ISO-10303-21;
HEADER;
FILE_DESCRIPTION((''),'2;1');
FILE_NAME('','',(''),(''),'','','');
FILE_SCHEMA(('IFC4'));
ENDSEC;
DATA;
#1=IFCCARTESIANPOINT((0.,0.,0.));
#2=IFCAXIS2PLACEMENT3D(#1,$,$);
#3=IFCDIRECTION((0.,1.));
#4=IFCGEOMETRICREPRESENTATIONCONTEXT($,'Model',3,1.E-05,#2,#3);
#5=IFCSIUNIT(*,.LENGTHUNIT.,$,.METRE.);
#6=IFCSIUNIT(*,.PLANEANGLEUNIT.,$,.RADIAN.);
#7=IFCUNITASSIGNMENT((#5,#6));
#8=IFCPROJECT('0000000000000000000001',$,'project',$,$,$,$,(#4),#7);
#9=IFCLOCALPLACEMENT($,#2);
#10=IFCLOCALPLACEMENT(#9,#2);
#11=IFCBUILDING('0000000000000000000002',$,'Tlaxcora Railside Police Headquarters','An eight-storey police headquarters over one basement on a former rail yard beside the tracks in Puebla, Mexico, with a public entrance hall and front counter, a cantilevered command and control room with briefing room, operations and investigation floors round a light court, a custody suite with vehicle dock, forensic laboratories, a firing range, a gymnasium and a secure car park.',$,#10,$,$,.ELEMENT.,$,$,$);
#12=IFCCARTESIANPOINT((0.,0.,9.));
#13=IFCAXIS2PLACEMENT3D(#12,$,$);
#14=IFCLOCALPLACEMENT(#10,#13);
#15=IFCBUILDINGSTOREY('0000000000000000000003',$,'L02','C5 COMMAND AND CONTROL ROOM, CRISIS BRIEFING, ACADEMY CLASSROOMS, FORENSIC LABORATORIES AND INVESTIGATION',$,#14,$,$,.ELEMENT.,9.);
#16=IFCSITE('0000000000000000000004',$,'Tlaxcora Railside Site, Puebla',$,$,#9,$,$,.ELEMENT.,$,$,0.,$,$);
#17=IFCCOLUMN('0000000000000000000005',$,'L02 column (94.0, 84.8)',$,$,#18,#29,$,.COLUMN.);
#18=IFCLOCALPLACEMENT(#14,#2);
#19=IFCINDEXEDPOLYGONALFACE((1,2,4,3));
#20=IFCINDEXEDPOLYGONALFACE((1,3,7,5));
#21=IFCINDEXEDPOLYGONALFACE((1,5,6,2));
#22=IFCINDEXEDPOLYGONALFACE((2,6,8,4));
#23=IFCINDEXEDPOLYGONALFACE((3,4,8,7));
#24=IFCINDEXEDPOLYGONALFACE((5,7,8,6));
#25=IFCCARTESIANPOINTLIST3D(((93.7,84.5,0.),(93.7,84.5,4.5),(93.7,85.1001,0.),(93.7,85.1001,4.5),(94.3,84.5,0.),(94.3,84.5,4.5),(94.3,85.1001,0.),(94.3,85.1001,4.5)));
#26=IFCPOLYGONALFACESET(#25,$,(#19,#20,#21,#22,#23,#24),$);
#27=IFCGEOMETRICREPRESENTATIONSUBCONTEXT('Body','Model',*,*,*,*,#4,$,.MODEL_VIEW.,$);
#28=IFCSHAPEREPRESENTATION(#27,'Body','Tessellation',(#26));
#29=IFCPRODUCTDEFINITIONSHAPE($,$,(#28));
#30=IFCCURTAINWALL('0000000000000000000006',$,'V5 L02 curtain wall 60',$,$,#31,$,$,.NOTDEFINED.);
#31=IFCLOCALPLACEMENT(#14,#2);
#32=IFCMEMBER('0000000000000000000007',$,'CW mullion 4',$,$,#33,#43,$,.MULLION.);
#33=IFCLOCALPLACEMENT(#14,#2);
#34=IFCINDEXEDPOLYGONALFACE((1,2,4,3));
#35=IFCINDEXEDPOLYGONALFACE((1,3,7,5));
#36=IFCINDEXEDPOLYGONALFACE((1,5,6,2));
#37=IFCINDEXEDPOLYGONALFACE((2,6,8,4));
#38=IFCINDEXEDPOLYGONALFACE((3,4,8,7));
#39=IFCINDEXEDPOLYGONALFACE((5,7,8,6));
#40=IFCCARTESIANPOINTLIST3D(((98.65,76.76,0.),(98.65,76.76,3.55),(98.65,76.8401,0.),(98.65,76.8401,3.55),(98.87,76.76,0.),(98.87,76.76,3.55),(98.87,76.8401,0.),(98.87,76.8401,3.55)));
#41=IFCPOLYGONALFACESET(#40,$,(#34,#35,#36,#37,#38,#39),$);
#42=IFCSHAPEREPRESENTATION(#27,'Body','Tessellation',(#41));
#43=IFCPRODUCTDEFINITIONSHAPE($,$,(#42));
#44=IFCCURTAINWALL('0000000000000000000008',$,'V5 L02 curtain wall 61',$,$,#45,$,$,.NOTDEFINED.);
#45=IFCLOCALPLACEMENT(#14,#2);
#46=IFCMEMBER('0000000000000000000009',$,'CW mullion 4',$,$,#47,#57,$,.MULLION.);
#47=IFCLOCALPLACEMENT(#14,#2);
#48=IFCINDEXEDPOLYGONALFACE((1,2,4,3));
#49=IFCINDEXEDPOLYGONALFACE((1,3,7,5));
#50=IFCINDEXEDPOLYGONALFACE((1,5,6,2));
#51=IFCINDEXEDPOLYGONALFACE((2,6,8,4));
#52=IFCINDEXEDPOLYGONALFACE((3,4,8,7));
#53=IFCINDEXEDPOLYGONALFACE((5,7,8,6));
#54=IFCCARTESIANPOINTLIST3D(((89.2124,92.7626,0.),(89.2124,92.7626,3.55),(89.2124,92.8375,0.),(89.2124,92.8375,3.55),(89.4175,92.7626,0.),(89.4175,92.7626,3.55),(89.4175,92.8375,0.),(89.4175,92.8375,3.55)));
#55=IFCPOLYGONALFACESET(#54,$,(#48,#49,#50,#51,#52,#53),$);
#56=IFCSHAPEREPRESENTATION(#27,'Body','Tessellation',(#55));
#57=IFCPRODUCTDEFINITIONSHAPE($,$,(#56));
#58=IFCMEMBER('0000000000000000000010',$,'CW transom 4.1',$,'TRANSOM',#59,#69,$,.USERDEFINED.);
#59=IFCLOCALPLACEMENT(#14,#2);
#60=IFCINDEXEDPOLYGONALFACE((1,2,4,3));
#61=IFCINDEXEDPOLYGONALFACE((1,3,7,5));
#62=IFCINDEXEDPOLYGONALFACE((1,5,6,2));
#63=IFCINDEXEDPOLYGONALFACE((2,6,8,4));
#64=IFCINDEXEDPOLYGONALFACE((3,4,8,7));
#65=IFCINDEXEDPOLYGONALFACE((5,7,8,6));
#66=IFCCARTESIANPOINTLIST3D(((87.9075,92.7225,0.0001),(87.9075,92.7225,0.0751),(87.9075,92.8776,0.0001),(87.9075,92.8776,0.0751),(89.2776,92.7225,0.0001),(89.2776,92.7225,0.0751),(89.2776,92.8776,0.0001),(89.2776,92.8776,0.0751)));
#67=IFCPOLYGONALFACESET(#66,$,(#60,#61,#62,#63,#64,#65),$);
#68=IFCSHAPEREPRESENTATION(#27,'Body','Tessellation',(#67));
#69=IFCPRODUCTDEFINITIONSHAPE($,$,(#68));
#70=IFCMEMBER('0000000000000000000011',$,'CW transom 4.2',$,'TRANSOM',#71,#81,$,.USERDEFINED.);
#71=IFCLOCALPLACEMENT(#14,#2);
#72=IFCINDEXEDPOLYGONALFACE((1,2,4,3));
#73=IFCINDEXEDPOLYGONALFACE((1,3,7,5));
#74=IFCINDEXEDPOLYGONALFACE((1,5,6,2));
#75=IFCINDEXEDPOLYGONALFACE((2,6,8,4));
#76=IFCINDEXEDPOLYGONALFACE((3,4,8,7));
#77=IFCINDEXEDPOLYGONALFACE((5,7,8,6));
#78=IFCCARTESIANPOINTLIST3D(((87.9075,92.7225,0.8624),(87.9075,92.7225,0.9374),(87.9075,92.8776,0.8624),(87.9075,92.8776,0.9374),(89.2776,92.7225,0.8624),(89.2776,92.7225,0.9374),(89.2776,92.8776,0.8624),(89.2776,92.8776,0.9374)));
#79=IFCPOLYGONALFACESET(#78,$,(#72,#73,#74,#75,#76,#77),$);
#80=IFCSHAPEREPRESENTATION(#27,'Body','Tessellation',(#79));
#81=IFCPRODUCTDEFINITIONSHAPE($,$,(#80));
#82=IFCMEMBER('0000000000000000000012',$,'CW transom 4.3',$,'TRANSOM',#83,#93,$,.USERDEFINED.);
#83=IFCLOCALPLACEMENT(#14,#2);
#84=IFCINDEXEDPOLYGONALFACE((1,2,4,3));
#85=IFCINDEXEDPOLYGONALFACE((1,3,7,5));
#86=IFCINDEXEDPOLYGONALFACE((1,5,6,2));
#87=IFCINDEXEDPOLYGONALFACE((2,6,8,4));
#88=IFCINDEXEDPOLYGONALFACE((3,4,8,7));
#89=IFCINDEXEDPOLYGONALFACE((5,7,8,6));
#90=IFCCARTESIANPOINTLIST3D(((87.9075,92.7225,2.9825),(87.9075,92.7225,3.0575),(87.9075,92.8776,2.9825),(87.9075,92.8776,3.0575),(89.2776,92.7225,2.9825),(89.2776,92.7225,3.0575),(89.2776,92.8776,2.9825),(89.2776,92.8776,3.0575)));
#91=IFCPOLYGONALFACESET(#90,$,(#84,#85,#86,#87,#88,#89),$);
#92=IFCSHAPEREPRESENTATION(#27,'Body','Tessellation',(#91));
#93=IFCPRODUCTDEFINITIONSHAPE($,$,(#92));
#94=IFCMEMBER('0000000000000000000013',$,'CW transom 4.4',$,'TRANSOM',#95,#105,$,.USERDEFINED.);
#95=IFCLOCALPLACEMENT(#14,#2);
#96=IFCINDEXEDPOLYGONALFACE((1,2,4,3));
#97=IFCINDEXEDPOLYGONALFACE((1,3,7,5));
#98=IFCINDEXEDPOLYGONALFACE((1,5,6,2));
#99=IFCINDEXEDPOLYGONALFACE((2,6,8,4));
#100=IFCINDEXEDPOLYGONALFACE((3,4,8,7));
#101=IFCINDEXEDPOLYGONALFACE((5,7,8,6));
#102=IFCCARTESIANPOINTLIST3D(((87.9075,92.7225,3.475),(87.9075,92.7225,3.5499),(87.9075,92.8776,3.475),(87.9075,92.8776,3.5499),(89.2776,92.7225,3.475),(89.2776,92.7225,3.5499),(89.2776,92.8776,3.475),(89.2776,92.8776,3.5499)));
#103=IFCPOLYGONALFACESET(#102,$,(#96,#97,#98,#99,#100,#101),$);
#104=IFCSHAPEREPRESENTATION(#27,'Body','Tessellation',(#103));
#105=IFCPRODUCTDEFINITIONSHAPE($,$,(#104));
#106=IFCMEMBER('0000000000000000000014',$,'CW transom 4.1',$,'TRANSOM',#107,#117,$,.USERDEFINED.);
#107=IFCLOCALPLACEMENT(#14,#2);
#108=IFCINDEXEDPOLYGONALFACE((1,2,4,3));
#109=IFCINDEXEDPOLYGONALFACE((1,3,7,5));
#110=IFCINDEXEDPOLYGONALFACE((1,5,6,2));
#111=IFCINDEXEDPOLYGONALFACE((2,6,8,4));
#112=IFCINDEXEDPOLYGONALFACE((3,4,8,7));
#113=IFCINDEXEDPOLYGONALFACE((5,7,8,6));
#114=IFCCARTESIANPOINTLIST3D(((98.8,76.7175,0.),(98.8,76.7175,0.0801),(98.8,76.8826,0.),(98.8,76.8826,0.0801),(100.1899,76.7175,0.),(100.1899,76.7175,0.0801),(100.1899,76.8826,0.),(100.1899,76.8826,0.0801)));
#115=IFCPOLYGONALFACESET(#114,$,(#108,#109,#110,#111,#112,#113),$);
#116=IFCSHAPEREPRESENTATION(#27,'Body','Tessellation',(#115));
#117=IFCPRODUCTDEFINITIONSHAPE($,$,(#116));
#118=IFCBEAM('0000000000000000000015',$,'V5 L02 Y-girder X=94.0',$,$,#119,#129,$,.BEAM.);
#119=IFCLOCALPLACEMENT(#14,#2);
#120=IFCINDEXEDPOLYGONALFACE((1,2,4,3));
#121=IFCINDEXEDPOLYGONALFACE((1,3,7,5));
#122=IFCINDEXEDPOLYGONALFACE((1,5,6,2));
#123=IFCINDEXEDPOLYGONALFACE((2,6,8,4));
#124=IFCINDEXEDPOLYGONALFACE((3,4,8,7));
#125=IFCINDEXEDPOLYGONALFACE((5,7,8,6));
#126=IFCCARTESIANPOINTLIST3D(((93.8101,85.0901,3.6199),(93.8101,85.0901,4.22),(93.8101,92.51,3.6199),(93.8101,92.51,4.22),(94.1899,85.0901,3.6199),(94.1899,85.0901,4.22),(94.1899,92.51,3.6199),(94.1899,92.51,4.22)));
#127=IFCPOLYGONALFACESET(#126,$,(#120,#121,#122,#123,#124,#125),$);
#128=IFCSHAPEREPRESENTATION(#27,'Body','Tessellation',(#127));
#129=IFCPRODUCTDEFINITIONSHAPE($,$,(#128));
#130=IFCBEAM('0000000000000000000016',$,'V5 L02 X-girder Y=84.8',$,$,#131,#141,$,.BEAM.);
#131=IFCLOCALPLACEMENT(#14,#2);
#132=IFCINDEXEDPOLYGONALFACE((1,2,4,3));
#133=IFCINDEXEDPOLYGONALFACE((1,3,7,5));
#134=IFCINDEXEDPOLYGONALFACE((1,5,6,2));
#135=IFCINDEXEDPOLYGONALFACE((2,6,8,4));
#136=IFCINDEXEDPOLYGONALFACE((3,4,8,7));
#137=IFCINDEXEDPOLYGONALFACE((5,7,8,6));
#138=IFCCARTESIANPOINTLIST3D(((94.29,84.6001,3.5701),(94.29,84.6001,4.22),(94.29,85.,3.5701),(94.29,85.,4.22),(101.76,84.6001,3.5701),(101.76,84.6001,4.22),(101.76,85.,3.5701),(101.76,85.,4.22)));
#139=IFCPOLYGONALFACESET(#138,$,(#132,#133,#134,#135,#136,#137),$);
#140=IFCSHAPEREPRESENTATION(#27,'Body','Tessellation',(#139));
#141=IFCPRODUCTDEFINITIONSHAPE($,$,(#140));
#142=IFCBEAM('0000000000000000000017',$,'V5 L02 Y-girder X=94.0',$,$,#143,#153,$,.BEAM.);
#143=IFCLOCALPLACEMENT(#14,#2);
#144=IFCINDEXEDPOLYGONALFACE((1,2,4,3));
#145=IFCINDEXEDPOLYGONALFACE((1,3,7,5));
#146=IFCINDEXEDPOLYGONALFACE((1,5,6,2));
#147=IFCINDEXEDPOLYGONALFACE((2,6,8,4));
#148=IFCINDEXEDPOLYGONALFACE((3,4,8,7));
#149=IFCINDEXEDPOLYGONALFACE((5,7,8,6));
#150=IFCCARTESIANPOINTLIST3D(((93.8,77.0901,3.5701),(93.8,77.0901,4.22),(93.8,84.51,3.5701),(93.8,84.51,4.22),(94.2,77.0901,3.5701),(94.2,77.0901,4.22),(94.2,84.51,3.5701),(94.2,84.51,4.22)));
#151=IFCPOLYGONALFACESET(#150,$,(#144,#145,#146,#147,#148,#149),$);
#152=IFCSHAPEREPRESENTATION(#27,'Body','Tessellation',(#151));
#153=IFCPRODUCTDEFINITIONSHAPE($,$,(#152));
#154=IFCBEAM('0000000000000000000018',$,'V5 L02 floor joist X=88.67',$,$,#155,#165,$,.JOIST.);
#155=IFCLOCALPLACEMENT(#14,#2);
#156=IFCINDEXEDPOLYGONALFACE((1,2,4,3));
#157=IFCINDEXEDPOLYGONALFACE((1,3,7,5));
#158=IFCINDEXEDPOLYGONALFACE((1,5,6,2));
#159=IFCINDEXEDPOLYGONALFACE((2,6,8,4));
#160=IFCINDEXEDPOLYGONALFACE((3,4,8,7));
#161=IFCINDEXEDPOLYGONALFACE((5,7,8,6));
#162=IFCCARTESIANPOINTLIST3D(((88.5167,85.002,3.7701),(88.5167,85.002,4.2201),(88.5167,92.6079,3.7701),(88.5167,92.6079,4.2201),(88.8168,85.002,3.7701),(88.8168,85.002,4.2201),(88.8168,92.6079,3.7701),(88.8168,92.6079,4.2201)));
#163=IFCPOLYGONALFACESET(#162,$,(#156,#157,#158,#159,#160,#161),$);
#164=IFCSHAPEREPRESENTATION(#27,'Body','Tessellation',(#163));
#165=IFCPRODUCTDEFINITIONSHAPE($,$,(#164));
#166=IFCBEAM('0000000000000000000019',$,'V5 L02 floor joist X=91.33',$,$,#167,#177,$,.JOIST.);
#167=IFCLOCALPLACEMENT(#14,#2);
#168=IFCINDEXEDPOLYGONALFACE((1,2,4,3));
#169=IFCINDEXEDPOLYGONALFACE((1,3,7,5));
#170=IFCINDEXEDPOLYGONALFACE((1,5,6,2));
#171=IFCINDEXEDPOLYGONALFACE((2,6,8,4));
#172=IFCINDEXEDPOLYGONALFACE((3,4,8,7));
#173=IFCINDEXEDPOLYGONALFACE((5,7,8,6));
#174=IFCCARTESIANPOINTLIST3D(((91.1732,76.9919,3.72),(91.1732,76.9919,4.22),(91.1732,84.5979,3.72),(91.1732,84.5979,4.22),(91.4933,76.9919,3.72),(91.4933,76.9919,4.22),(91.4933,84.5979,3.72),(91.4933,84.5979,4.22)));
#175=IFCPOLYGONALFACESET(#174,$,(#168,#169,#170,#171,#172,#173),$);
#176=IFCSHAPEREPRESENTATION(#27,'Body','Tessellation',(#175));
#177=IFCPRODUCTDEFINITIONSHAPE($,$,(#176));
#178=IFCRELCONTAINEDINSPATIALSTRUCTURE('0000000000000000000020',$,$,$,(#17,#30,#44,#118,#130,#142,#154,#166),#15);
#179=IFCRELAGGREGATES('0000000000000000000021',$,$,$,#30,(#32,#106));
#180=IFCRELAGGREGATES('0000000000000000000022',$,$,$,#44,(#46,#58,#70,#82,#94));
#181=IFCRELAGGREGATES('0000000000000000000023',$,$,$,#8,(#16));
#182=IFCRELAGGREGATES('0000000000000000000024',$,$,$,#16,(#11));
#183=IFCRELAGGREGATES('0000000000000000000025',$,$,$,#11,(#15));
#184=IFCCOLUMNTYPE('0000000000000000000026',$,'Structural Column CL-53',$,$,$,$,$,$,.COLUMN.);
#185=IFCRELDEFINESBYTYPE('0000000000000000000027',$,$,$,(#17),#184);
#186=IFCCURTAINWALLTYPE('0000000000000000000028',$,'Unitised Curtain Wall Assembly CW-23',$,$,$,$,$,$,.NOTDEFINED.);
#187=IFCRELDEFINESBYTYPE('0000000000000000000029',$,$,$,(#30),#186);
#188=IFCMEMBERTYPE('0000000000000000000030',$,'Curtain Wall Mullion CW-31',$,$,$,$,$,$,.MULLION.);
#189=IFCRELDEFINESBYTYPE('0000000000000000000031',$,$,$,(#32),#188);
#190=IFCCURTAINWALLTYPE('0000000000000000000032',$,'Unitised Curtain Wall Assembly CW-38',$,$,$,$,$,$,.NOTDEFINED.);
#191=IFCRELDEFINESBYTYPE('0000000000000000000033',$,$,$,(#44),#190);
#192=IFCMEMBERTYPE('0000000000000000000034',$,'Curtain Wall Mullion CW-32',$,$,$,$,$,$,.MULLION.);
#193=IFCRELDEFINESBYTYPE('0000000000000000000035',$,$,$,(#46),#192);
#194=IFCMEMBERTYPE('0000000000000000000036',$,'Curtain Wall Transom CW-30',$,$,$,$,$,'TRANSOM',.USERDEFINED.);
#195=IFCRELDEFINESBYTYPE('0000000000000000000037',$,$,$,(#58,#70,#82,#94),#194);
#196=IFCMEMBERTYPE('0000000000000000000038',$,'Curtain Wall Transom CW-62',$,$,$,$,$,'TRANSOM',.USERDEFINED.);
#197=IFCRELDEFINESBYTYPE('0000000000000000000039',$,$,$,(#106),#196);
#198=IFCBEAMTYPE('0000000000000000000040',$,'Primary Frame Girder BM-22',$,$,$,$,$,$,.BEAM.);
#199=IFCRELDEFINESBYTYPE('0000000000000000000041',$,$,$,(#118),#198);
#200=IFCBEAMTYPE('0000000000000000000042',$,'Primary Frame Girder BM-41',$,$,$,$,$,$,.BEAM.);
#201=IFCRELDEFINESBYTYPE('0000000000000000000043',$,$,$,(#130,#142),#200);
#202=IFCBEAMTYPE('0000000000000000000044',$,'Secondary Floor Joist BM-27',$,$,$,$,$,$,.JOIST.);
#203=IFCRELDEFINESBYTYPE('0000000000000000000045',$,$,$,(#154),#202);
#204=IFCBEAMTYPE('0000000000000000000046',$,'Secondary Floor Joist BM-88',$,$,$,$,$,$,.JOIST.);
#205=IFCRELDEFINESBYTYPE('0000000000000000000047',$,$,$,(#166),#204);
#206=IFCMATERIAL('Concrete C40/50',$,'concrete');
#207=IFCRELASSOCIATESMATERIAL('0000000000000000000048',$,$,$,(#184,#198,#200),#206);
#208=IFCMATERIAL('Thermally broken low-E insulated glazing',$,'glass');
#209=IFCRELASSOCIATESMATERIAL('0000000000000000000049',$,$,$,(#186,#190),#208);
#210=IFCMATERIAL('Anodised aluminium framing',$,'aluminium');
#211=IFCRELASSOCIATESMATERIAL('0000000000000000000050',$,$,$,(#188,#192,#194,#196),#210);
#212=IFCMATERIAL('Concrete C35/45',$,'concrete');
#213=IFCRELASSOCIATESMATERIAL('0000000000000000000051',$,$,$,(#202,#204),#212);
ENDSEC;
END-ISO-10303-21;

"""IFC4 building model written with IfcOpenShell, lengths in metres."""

from ifc_helpers import new_model, si_unit, direction, frame, origin, origin_2d, place, context, subcontext, project, spatial, rectangle, extrude, material, material_profile, profile_set, type_object, element, aggregate, save


model = new_model("IFC4")

# Units and contexts
model_context = context("Model", 3, precision=1e-05, world=origin(), true_north=direction((0.0, 1.0)))
body_context = subcontext(model_context, "Body", "Model", "MODEL_VIEW")
ifc_project = project(units=[si_unit("LENGTHUNIT", "METRE"), si_unit("PLANEANGLEUNIT", "RADIAN")], contexts=[model_context])

# Site, building, storey
site_placement = place(None, origin())
site = spatial("IfcSite", under=ifc_project, at=site_placement, Name="Tlaxcora Railside Site, Puebla", CompositionType="ELEMENT", RefElevation=0.0)
building_placement = place(site_placement, origin())
building = spatial("IfcBuilding", under=site, at=building_placement, Name="Tlaxcora Railside Police Headquarters", Description="An eight-storey police headquarters over one basement on a former rail yard beside the tracks in Puebla, Mexico, with a public entrance hall and front counter, a cantilevered command and control room with briefing room, operations and investigation floors round a light court, a custody suite with vehicle dock, forensic laboratories, a firing range, a gymnasium and a secure car park.", CompositionType="ELEMENT")
storey_placement = place(building_placement, frame((0.0, 0.0, 9.0)))
storey = spatial("IfcBuildingStorey", under=building, at=storey_placement, Name="L02", Description="C5 COMMAND AND CONTROL ROOM, CRISIS BRIEFING, ACADEMY CLASSROOMS, FORENSIC LABORATORIES AND INVESTIGATION", CompositionType="ELEMENT", Elevation=9.0)

# Column
ifc_material_1 = material(Name="Concrete C40/50", Category="concrete")
ifc_material_profile_1 = material_profile(ifc_material_1, rectangle(XDim=0.6001, YDim=0.6001, at=origin_2d()), Name="RC600X600")
ifc_profile_set_1 = profile_set([ifc_material_profile_1], Name="Concrete C40/50")
column_type = type_object("IfcColumnType", Name="Structural Column CL-53", PredefinedType="COLUMN", material=ifc_profile_set_1)
column_placement = place(storey_placement, frame((94.0, 84.8, 0.0), z_axis=(0.0, 0.0, 1.0), x_axis=(1.0, 0.0, 0.0)))
element("IfcColumn", 1, at=column_placement, inside=storey, type_object=column_type, Name="L02 column (94.0, 84.8)", PredefinedType="COLUMN", context=body_context, shape_type="SweptSolid", body=[
    extrude(rectangle(XDim=0.6001, YDim=0.6001, at=origin_2d()), origin(), (0.0, 0.0, 1.0), 4.5),
])

# Curtain wall, member
ifc_material_2 = material(Name="Thermally broken low-E insulated glazing", Category="glass")
curtain_wall_type_1 = type_object("IfcCurtainWallType", Name="Unitised Curtain Wall Assembly CW-23", PredefinedType="NOTDEFINED", material=ifc_material_2)
curtain_wall_1_placement = place(storey_placement, origin())
curtain_wall_1 = element("IfcCurtainWall", 2, at=curtain_wall_1_placement, inside=storey, type_object=curtain_wall_type_1, Name="V5 L02 curtain wall 60", PredefinedType="NOTDEFINED")
ifc_material_3 = material(Name="Anodised aluminium framing", Category="aluminium")
ifc_material_profile_2 = material_profile(ifc_material_3, rectangle(XDim=0.0801, YDim=0.22, at=origin_2d()), Name="AL80X220")
ifc_profile_set_2 = profile_set([ifc_material_profile_2], Name="Anodised aluminium framing")
member_type_1 = type_object("IfcMemberType", Name="Curtain Wall Mullion CW-31", PredefinedType="MULLION", material=ifc_profile_set_2)
member_1_placement = place(storey_placement, frame((98.76, 76.8, 0.0), z_axis=(0.0, 0.0, 1.0), x_axis=(0.0, 1.0, 0.0)))
member_1 = element("IfcMember", 3, at=member_1_placement, type_object=member_type_1, Name="CW mullion 4", PredefinedType="MULLION", context=body_context, shape_type="SweptSolid", body=[
    extrude(rectangle(XDim=0.0801, YDim=0.22, at=origin_2d()), origin(), (0.0, 0.0, 1.0), 3.55),
])

# Curtain wall, members
curtain_wall_type_2 = type_object("IfcCurtainWallType", Name="Unitised Curtain Wall Assembly CW-38", PredefinedType="NOTDEFINED", material=ifc_material_2)
curtain_wall_2_placement = place(storey_placement, origin())
curtain_wall_2 = element("IfcCurtainWall", 4, at=curtain_wall_2_placement, inside=storey, type_object=curtain_wall_type_2, Name="V5 L02 curtain wall 61", PredefinedType="NOTDEFINED")
ifc_material_profile_3 = material_profile(ifc_material_3, rectangle(XDim=0.075, YDim=0.2051, at=origin_2d()), Name="AL75X205")
ifc_profile_set_3 = profile_set([ifc_material_profile_3], Name="Anodised aluminium framing")
member_type_2 = type_object("IfcMemberType", Name="Curtain Wall Mullion CW-32", PredefinedType="MULLION", material=ifc_profile_set_3)
member_2_placement = place(storey_placement, frame((89.3149, 92.8, 0.0), z_axis=(0.0, 0.0, 1.0), x_axis=(0.0, -1.0, 0.0)))
member_2 = element("IfcMember", 5, at=member_2_placement, type_object=member_type_2, Name="CW mullion 4", PredefinedType="MULLION", context=body_context, shape_type="SweptSolid", body=[
    extrude(rectangle(XDim=0.075, YDim=0.2051, at=origin_2d()), origin(), (0.0, 0.0, 1.0), 3.55),
])
ifc_material_profile_4 = material_profile(ifc_material_3, rectangle(XDim=0.155, YDim=0.075, at=origin_2d()), Name="AL75X155")
ifc_profile_set_4 = profile_set([ifc_material_profile_4], Name="Anodised aluminium framing")
member_type_3 = type_object("IfcMemberType", Name="Curtain Wall Transom CW-30", ElementType="TRANSOM", PredefinedType="USERDEFINED", material=ifc_profile_set_4)
member_3_placement = place(storey_placement, frame((89.2776, 92.8, 0.0376), z_axis=(-1.0, 0.0, 0.0), x_axis=(0.0, -1.0, 0.0)))
member_3 = element("IfcMember", 6, at=member_3_placement, type_object=member_type_3, Name="CW transom 4.1", ObjectType="TRANSOM", PredefinedType="USERDEFINED", context=body_context, shape_type="SweptSolid", body=[
    extrude(rectangle(XDim=0.155, YDim=0.075, at=origin_2d()), origin(), (0.0, 0.0, 1.0), 1.3701),
])
member_4_placement = place(storey_placement, frame((89.2776, 92.8, 0.8999), z_axis=(-1.0, 0.0, 0.0), x_axis=(0.0, -1.0, 0.0)))
member_4 = element("IfcMember", 7, at=member_4_placement, type_object=member_type_3, Name="CW transom 4.2", ObjectType="TRANSOM", PredefinedType="USERDEFINED", context=body_context, shape_type="SweptSolid", body=[
    extrude(rectangle(XDim=0.155, YDim=0.075, at=origin_2d()), origin(), (0.0, 0.0, 1.0), 1.3701),
])
member_5_placement = place(storey_placement, frame((89.2776, 92.8, 3.02), z_axis=(-1.0, 0.0, 0.0), x_axis=(0.0, -1.0, 0.0)))
member_5 = element("IfcMember", 8, at=member_5_placement, type_object=member_type_3, Name="CW transom 4.3", ObjectType="TRANSOM", PredefinedType="USERDEFINED", context=body_context, shape_type="SweptSolid", body=[
    extrude(rectangle(XDim=0.155, YDim=0.075, at=origin_2d()), origin(), (0.0, 0.0, 1.0), 1.3701),
])
member_6_placement = place(storey_placement, frame((89.2776, 92.8, 3.5125), z_axis=(-1.0, 0.0, 0.0), x_axis=(0.0, -1.0, 0.0)))
member_6 = element("IfcMember", 9, at=member_6_placement, type_object=member_type_3, Name="CW transom 4.4", ObjectType="TRANSOM", PredefinedType="USERDEFINED", context=body_context, shape_type="SweptSolid", body=[
    extrude(rectangle(XDim=0.155, YDim=0.075, at=origin_2d()), origin(), (0.0, 0.0, 1.0), 1.3701),
])

# Member
ifc_material_profile_5 = material_profile(ifc_material_3, rectangle(XDim=0.165, YDim=0.0801, at=origin_2d()), Name="AL80X165")
ifc_profile_set_5 = profile_set([ifc_material_profile_5], Name="Anodised aluminium framing")
member_type_4 = type_object("IfcMemberType", Name="Curtain Wall Transom CW-62", ElementType="TRANSOM", PredefinedType="USERDEFINED", material=ifc_profile_set_5)
member_7_placement = place(storey_placement, frame((98.8, 76.8, 0.04), z_axis=(1.0, 0.0, 0.0), x_axis=(0.0, 1.0, 0.0)))
member_7 = element("IfcMember", 10, at=member_7_placement, type_object=member_type_4, Name="CW transom 4.1", ObjectType="TRANSOM", PredefinedType="USERDEFINED", context=body_context, shape_type="SweptSolid", body=[
    extrude(rectangle(XDim=0.165, YDim=0.0801, at=origin_2d()), origin(), (0.0, 0.0, 1.0), 1.3899),
])

# Beams
ifc_material_profile_6 = material_profile(ifc_material_1, rectangle(XDim=0.3799, YDim=0.6001, at=origin_2d()), Name="RC380X600")
ifc_profile_set_6 = profile_set([ifc_material_profile_6], Name="Concrete C40/50")
beam_type_1 = type_object("IfcBeamType", Name="Primary Frame Girder BM-22", PredefinedType="BEAM", material=ifc_profile_set_6)
beam_1_placement = place(storey_placement, frame((94.0, 85.0901, 3.9199), z_axis=(0.0, 1.0, 0.0), x_axis=(-1.0, 0.0, 0.0)))
element("IfcBeam", 11, at=beam_1_placement, inside=storey, type_object=beam_type_1, Name="V5 L02 Y-girder X=94.0", PredefinedType="BEAM", context=body_context, shape_type="SweptSolid", body=[
    extrude(rectangle(XDim=0.3799, YDim=0.6001, at=origin_2d()), origin(), (0.0, 0.0, 1.0), 7.4199),
])
ifc_material_profile_7 = material_profile(ifc_material_1, rectangle(XDim=0.3999, YDim=0.6499, at=origin_2d()), Name="RC400X650")
ifc_profile_set_7 = profile_set([ifc_material_profile_7], Name="Concrete C40/50")
beam_type_2 = type_object("IfcBeamType", Name="Primary Frame Girder BM-41", PredefinedType="BEAM", material=ifc_profile_set_7)
beam_2_placement = place(storey_placement, frame((94.29, 84.8, 3.895), z_axis=(1.0, 0.0, 0.0), x_axis=(0.0, 1.0, 0.0)))
element("IfcBeam", 12, at=beam_2_placement, inside=storey, type_object=beam_type_2, Name="V5 L02 X-girder Y=84.8", PredefinedType="BEAM", context=body_context, shape_type="SweptSolid", body=[
    extrude(rectangle(XDim=0.3999, YDim=0.6499, at=origin_2d()), origin(), (0.0, 0.0, 1.0), 7.47),
])
beam_3_placement = place(storey_placement, frame((94.0, 77.0901, 3.895), z_axis=(0.0, 1.0, 0.0), x_axis=(-1.0, 0.0, 0.0)))
element("IfcBeam", 13, at=beam_3_placement, inside=storey, type_object=beam_type_2, Name="V5 L02 Y-girder X=94.0", PredefinedType="BEAM", context=body_context, shape_type="SweptSolid", body=[
    extrude(rectangle(XDim=0.3999, YDim=0.6499, at=origin_2d()), origin(), (0.0, 0.0, 1.0), 7.4199),
])
ifc_material_4 = material(Name="Concrete C35/45", Category="concrete")
ifc_material_profile_8 = material_profile(ifc_material_4, rectangle(XDim=0.3, YDim=0.45, at=origin_2d()), Name="RC300X450")
ifc_profile_set_8 = profile_set([ifc_material_profile_8], Name="Concrete C35/45")
beam_type_3 = type_object("IfcBeamType", Name="Secondary Floor Joist BM-27", PredefinedType="JOIST", material=ifc_profile_set_8)
beam_4_placement = place(storey_placement, frame((88.6667, 85.002, 3.9951), z_axis=(0.0, 1.0, 0.0), x_axis=(-1.0, 0.0, 0.0)))
element("IfcBeam", 14, at=beam_4_placement, inside=storey, type_object=beam_type_3, Name="V5 L02 floor joist X=88.67", PredefinedType="JOIST", context=body_context, shape_type="SweptSolid", body=[
    extrude(rectangle(XDim=0.3, YDim=0.45, at=origin_2d()), origin(), (0.0, 0.0, 1.0), 7.606),
])
ifc_material_profile_9 = material_profile(ifc_material_4, rectangle(XDim=0.3201, YDim=0.5, at=origin_2d()), Name="RC320X500")
ifc_profile_set_9 = profile_set([ifc_material_profile_9], Name="Concrete C35/45")
beam_type_4 = type_object("IfcBeamType", Name="Secondary Floor Joist BM-88", PredefinedType="JOIST", material=ifc_profile_set_9)
beam_5_placement = place(storey_placement, frame((91.3333, 76.9919, 3.97), z_axis=(0.0, 1.0, 0.0), x_axis=(-1.0, 0.0, 0.0)))
element("IfcBeam", 15, at=beam_5_placement, inside=storey, type_object=beam_type_4, Name="V5 L02 floor joist X=91.33", PredefinedType="JOIST", context=body_context, shape_type="SweptSolid", body=[
    extrude(rectangle(XDim=0.3201, YDim=0.5, at=origin_2d()), origin(), (0.0, 0.0, 1.0), 7.606),
])

aggregate(curtain_wall_1, [member_1, member_7])
aggregate(curtain_wall_2, [member_2, member_3, member_4, member_5, member_6])

save(model, "model.ifc")
